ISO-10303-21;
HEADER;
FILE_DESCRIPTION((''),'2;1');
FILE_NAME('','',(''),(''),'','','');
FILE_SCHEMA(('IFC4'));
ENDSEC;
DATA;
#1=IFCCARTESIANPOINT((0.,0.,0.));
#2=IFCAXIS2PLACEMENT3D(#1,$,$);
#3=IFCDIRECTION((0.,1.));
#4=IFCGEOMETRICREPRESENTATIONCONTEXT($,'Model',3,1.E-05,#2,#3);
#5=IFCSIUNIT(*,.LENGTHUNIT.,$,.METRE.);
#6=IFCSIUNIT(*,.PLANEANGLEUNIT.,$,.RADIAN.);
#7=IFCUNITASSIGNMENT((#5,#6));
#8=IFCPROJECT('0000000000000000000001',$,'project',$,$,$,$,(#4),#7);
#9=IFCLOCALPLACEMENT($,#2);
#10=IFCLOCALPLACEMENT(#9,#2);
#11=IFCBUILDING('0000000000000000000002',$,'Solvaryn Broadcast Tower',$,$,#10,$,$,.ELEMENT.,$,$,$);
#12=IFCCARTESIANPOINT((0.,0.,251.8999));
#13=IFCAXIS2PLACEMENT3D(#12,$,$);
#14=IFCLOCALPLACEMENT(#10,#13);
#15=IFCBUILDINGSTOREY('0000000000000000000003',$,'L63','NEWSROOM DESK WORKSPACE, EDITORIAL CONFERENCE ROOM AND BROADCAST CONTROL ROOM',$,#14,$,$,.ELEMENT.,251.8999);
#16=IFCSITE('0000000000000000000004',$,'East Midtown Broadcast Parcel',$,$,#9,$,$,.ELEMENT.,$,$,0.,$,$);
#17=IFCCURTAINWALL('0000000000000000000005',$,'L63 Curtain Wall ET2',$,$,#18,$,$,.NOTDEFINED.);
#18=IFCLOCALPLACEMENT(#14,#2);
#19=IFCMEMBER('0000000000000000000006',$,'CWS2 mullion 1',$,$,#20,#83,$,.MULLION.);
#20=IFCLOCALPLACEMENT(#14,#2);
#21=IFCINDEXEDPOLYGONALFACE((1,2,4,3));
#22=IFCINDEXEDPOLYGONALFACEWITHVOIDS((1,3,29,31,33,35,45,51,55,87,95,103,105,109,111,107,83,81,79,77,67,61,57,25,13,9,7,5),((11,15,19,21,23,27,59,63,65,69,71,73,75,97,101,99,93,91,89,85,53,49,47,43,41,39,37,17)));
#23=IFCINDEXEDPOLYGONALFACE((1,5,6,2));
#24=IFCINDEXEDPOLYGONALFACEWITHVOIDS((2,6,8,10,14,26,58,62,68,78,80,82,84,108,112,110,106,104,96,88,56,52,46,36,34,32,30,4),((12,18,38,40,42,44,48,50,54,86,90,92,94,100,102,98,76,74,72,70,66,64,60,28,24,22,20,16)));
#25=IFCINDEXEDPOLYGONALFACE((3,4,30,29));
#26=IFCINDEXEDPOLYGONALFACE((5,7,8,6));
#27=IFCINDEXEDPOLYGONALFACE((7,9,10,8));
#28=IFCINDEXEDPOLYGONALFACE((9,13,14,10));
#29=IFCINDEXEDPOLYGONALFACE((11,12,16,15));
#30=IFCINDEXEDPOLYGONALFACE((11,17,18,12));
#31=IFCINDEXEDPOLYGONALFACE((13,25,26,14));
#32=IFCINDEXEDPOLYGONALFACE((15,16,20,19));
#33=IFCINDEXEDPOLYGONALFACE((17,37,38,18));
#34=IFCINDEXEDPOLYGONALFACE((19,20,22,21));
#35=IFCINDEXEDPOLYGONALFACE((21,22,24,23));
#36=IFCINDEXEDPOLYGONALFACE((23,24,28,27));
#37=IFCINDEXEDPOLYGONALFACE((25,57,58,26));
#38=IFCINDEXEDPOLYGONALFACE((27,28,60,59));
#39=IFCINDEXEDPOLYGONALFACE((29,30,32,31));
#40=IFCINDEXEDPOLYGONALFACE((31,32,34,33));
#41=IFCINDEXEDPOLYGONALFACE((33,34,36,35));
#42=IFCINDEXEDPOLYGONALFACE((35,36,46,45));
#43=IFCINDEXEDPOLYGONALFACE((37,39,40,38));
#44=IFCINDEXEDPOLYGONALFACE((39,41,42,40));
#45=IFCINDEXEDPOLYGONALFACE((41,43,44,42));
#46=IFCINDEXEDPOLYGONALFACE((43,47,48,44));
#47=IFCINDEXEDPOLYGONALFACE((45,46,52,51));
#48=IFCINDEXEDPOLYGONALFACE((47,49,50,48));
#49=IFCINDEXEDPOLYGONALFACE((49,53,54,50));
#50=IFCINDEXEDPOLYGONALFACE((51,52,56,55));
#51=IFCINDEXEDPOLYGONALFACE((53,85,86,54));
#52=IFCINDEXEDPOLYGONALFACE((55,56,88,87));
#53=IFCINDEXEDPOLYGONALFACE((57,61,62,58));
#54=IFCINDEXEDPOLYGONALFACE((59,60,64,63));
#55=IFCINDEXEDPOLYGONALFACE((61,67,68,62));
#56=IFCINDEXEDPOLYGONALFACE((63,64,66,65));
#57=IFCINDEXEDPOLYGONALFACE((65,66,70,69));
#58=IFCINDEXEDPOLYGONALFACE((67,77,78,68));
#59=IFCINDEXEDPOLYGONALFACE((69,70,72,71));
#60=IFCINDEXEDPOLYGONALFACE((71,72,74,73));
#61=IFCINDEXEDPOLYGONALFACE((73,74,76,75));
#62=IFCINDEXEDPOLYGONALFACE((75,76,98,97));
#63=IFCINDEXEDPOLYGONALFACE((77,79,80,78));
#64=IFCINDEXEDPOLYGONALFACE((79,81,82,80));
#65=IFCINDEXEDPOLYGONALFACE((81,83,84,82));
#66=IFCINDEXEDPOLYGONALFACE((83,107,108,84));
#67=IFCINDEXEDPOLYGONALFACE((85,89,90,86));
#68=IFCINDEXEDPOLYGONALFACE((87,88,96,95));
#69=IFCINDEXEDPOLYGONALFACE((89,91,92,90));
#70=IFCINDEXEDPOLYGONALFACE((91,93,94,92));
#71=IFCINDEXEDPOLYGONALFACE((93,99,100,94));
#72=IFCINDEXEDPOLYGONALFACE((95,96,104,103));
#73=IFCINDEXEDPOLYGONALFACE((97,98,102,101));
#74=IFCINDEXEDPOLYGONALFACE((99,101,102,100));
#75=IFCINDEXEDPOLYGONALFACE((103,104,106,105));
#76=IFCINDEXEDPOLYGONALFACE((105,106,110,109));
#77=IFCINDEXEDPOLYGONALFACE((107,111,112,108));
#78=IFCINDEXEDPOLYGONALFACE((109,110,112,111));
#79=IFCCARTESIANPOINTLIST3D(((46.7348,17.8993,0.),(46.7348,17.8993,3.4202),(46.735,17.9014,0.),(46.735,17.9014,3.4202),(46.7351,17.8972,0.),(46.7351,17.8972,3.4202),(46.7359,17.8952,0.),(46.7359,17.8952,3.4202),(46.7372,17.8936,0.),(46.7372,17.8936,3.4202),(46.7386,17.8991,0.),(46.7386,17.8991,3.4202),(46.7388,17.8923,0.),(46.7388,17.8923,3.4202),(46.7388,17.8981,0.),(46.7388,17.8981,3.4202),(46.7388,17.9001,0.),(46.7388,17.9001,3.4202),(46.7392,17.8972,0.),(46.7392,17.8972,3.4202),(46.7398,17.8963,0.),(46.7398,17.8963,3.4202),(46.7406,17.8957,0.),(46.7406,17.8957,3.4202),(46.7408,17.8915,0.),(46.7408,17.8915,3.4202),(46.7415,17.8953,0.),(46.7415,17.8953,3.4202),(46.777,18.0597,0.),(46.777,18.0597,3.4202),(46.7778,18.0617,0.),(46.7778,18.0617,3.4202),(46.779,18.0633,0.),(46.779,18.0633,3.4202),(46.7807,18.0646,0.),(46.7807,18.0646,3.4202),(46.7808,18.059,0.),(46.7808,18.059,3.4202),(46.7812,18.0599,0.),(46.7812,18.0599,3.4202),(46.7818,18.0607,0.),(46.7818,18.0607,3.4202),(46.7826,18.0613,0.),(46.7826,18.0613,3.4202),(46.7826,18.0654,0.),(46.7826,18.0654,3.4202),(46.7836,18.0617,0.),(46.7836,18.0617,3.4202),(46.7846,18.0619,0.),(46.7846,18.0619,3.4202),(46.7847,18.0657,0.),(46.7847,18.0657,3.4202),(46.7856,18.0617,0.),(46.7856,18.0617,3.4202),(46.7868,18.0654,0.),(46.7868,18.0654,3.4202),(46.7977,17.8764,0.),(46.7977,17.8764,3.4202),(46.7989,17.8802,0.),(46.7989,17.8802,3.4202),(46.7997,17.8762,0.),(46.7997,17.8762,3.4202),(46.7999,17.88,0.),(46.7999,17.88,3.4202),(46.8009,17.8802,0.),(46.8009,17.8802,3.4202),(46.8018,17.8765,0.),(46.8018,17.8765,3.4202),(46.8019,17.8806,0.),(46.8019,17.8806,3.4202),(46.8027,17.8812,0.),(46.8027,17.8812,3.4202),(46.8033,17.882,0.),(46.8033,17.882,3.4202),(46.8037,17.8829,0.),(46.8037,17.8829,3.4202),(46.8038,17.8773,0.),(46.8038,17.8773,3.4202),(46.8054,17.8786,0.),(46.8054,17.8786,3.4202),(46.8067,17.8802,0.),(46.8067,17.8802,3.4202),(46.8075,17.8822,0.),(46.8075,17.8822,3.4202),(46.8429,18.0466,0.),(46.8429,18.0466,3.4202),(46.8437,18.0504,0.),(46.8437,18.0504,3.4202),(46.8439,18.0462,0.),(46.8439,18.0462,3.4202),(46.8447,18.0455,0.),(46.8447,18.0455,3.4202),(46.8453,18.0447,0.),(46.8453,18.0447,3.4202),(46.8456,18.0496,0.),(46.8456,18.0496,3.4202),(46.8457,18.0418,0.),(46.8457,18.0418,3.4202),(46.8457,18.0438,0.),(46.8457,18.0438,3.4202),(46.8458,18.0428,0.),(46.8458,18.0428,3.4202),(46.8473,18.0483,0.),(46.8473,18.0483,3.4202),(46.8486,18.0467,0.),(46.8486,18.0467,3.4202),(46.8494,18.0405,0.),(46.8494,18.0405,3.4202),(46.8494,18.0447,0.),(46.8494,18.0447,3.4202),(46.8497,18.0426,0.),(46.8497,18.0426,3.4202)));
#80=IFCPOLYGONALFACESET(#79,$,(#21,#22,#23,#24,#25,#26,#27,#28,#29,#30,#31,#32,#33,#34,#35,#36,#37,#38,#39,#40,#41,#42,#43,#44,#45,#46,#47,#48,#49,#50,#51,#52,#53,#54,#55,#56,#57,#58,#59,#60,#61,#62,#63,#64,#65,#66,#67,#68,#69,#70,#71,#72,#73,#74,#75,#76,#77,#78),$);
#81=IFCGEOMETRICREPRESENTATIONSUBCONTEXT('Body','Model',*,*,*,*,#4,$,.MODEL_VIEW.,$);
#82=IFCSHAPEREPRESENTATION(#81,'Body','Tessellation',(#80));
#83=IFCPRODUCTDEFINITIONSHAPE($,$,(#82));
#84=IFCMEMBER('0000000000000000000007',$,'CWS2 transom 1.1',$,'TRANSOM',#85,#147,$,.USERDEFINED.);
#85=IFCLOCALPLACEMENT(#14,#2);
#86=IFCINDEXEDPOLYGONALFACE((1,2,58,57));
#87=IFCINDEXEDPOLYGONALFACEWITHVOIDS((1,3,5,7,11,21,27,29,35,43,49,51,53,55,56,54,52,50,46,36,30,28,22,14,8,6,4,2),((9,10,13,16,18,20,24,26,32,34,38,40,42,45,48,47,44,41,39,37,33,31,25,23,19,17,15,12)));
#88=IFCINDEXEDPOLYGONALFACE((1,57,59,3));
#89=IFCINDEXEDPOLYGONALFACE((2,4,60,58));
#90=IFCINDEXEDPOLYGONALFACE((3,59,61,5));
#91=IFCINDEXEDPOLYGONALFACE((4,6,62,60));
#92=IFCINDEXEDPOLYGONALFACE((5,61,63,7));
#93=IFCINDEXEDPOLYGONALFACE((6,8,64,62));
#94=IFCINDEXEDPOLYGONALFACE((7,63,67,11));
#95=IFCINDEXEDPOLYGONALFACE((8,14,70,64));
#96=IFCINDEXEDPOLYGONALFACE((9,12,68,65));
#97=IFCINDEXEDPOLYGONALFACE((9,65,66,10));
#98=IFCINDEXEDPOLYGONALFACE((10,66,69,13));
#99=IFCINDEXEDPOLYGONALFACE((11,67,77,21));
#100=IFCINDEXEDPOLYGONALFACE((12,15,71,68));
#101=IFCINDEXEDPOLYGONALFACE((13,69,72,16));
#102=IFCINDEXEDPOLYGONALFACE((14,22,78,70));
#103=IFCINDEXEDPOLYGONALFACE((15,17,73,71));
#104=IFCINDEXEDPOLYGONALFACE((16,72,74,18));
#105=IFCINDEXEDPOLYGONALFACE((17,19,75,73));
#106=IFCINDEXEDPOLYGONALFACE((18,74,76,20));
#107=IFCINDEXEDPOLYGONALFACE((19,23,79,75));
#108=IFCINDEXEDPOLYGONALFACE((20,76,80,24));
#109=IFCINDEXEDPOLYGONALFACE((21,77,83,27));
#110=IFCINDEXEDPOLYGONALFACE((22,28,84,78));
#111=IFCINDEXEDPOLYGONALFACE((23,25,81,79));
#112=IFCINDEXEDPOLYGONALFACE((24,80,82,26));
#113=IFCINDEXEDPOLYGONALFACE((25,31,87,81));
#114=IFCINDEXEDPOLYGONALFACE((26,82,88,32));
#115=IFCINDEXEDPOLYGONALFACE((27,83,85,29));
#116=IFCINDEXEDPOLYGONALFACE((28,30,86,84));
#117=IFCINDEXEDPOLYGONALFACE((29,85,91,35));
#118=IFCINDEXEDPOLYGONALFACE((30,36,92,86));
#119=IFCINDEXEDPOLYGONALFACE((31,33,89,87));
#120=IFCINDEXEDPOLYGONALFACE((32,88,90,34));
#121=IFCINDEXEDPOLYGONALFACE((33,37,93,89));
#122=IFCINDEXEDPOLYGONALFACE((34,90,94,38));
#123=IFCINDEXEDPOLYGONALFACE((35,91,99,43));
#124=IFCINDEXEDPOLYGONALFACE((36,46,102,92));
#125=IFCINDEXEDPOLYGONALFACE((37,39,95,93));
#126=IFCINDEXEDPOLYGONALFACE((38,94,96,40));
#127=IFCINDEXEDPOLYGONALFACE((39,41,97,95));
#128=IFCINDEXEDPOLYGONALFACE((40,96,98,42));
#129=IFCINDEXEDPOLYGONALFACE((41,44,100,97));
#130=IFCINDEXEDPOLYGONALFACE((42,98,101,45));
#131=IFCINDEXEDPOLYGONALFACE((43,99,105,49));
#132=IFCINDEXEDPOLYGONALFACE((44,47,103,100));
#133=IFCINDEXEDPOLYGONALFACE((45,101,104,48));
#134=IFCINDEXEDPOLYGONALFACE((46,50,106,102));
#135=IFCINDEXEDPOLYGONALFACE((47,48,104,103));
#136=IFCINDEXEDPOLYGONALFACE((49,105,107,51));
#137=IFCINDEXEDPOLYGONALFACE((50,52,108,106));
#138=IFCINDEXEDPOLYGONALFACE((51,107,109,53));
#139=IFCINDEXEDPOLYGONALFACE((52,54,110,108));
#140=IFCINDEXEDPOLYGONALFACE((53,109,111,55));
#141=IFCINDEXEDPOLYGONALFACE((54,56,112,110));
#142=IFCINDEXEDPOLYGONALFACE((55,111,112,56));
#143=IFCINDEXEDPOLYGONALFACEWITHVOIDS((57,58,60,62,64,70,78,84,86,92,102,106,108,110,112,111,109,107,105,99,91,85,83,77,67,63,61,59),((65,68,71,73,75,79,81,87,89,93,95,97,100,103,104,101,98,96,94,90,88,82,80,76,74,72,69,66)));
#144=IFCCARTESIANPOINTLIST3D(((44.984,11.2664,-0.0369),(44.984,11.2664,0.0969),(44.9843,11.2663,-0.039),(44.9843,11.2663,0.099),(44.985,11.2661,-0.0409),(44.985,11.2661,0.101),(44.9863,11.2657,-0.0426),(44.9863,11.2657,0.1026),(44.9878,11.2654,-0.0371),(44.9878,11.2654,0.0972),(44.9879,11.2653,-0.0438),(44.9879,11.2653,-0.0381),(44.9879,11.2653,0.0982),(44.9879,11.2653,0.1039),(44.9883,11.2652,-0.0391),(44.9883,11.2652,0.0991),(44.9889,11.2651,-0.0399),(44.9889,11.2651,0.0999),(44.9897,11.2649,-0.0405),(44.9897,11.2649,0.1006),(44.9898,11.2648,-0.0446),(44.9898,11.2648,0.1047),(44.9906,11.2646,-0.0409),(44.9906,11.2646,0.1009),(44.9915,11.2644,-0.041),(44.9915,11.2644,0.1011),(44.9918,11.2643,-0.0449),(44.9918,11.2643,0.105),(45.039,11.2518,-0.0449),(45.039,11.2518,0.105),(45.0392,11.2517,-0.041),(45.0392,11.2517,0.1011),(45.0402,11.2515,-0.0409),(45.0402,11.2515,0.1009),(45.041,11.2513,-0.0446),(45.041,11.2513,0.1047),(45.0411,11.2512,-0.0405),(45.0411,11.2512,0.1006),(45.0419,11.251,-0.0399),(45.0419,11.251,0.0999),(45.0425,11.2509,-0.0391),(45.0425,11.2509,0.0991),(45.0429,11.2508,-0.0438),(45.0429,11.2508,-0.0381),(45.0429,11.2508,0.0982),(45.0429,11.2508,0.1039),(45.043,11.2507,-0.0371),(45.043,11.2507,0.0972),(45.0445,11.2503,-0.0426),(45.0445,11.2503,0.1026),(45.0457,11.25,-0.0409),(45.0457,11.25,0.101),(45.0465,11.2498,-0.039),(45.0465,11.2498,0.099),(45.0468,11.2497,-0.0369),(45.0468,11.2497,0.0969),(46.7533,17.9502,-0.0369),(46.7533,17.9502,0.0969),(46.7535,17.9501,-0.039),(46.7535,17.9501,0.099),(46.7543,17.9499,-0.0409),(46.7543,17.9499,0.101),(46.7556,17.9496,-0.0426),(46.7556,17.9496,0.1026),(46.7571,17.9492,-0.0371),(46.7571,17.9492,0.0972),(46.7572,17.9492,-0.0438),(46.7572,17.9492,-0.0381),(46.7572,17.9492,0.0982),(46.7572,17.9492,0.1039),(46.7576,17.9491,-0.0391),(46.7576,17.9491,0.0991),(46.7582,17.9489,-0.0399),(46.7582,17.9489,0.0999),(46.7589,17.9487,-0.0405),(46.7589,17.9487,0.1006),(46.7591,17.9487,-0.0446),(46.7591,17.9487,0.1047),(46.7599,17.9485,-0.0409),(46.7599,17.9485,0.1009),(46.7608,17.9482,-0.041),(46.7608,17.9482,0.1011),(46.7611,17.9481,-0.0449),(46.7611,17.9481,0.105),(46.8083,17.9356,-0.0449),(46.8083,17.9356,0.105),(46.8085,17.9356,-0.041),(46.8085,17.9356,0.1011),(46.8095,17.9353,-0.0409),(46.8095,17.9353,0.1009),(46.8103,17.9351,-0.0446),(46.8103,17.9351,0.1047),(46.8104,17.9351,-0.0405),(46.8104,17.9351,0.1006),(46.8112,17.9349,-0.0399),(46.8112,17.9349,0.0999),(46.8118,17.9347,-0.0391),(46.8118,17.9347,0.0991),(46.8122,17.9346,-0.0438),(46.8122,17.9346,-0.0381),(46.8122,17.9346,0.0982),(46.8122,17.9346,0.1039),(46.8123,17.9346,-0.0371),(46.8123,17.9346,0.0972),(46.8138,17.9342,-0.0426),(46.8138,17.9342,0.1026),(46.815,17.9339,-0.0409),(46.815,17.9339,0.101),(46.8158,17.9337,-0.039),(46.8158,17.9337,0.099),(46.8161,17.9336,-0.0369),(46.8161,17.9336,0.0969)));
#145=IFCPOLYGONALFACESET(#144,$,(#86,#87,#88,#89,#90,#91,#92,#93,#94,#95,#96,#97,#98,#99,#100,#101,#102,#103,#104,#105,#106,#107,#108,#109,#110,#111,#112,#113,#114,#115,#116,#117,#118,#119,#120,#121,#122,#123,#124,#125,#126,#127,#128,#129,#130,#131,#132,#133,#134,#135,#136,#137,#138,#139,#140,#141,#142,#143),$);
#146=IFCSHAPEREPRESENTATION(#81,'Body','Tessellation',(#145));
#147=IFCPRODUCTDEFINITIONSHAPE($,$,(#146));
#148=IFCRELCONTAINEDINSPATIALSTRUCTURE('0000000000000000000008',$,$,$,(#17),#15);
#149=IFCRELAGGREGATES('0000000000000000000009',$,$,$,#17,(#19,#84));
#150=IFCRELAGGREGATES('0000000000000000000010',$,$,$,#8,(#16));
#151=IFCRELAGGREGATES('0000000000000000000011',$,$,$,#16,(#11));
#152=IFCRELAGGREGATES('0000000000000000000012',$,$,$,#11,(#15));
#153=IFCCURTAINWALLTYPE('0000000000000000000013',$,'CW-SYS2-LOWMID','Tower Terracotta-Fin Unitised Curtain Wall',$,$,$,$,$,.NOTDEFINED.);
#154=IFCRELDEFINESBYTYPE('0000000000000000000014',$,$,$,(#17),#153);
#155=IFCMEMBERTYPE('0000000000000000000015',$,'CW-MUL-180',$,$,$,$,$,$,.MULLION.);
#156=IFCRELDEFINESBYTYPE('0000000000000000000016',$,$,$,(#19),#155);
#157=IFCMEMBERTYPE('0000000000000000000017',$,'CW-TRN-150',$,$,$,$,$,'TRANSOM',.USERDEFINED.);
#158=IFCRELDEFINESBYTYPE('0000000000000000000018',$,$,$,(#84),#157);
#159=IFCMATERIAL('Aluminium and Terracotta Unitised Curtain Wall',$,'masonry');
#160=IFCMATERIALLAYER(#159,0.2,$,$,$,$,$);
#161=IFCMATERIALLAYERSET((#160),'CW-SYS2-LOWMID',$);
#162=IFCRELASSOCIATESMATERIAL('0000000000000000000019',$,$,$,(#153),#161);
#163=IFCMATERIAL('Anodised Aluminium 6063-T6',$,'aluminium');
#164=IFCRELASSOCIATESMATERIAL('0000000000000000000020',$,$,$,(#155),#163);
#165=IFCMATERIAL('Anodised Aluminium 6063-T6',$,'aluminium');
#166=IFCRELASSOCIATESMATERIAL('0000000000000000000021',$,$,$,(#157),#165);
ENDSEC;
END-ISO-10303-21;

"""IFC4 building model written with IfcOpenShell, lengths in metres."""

from ifc_helpers import new_model, si_unit, direction, frame, origin, origin_2d, place, context, subcontext, project, spatial, hollow_rectangle, extrude, material, layer, layer_set, material_profile, profile_set, type_object, element, aggregate, save


model = new_model("IFC4")

# Units and contexts
model_context = context("Model", 3, precision=1e-05, world=origin(), true_north=direction((0.0, 1.0)))
body_context = subcontext(model_context, "Body", "Model", "MODEL_VIEW")
ifc_project = project(units=[si_unit("LENGTHUNIT", "METRE"), si_unit("PLANEANGLEUNIT", "RADIAN")], contexts=[model_context])

# Site, building, storey
site_placement = place(None, origin())
site = spatial("IfcSite", under=ifc_project, at=site_placement, Name="East Midtown Broadcast Parcel", CompositionType="ELEMENT", RefElevation=0.0)
building_placement = place(site_placement, origin())
building = spatial("IfcBuilding", under=site, at=building_placement, Name="Solvaryn Broadcast Tower", CompositionType="ELEMENT")
storey_placement = place(building_placement, frame((0.0, 0.0, 251.8999)))
storey = spatial("IfcBuildingStorey", under=building, at=storey_placement, Name="L63", Description="NEWSROOM DESK WORKSPACE, EDITORIAL CONFERENCE ROOM AND BROADCAST CONTROL ROOM", CompositionType="ELEMENT", Elevation=251.8999)

# Shared definitions
ifc_material_1 = material(Name="Aluminium and Terracotta Unitised Curtain Wall", Category="masonry")
ifc_layer_1 = layer(ifc_material_1, 0.2)
ifc_layer_set_1 = layer_set([ifc_layer_1], Name="CW-SYS2-LOWMID")
curtain_wall_type = type_object("IfcCurtainWallType", Name="CW-SYS2-LOWMID", Description="Tower Terracotta-Fin Unitised Curtain Wall", PredefinedType="NOTDEFINED", material=ifc_layer_set_1)
ifc_material_2 = material(Name="Anodised Aluminium 6063-T6", Category="aluminium")
ifc_material_profile_1 = material_profile(ifc_material_2, hollow_rectangle(XDim=0.075, YDim=0.1799, WallThickness=0.0039, InnerFilletRadius=0.0039, OuterFilletRadius=0.0081, at=origin_2d()))
ifc_profile_set_1 = profile_set([ifc_material_profile_1], Name="Anodised Aluminium 6063-T6")
member_type_1 = type_object("IfcMemberType", Name="CW-MUL-180", PredefinedType="MULLION", material=ifc_profile_set_1)

# Curtain wall, members
curtain_wall_1_placement = place(storey_placement, origin())
curtain_wall_1 = element("IfcCurtainWall", 1, at=curtain_wall_1_placement, inside=storey, type_object=curtain_wall_type, Name="L63 Curtain Wall ET2", PredefinedType="NOTDEFINED")
member_1_placement = place(storey_placement, frame((46.7922, 17.9709, 0.0), z_axis=(0.0, 0.0, 1.0), x_axis=(0.966705, -0.255893, 0.0)))
member_1 = element("IfcMember", 2, at=member_1_placement, type_object=member_type_1, Name="CWS2 mullion 1", PredefinedType="MULLION", context=body_context, shape_type="SweptSolid", body=[
    extrude(hollow_rectangle(XDim=0.075, YDim=0.1799, WallThickness=0.0039, InnerFilletRadius=0.0039, OuterFilletRadius=0.0081, at=origin_2d()), origin(), (0.0, 0.0, 1.0), 3.4202),
])
ifc_material_3 = material(Name="Anodised Aluminium 6063-T6", Category="aluminium")
ifc_material_profile_2 = material_profile(ifc_material_3, hollow_rectangle(XDim=0.0649, YDim=0.1499, WallThickness=0.0039, InnerFilletRadius=0.0039, OuterFilletRadius=0.0081, at=origin_2d()))
ifc_profile_set_2 = profile_set([ifc_material_profile_2], Name="Anodised Aluminium 6063-T6")
member_type_2 = type_object("IfcMemberType", Name="CW-TRN-150", ElementType="TRANSOM", PredefinedType="USERDEFINED", material=ifc_profile_set_2)
member_2_placement = place(storey_placement, frame((46.7847, 17.9419, 0.03), z_axis=(-0.255897, -0.966704, 0.0), x_axis=(0.966704, -0.255897, 0.0)))
member_2 = element("IfcMember", 3, at=member_2_placement, type_object=member_type_2, Name="CWS2 transom 1.1", ObjectType="TRANSOM", PredefinedType="USERDEFINED", context=body_context, shape_type="SweptSolid", body=[
    extrude(hollow_rectangle(XDim=0.0649, YDim=0.1499, WallThickness=0.0039, InnerFilletRadius=0.0039, OuterFilletRadius=0.0081, at=origin_2d()), origin(), (0.0, 0.0, 1.0), 6.9141),
])

aggregate(curtain_wall_1, [member_1, member_2])

save(model, "model.ifc")
